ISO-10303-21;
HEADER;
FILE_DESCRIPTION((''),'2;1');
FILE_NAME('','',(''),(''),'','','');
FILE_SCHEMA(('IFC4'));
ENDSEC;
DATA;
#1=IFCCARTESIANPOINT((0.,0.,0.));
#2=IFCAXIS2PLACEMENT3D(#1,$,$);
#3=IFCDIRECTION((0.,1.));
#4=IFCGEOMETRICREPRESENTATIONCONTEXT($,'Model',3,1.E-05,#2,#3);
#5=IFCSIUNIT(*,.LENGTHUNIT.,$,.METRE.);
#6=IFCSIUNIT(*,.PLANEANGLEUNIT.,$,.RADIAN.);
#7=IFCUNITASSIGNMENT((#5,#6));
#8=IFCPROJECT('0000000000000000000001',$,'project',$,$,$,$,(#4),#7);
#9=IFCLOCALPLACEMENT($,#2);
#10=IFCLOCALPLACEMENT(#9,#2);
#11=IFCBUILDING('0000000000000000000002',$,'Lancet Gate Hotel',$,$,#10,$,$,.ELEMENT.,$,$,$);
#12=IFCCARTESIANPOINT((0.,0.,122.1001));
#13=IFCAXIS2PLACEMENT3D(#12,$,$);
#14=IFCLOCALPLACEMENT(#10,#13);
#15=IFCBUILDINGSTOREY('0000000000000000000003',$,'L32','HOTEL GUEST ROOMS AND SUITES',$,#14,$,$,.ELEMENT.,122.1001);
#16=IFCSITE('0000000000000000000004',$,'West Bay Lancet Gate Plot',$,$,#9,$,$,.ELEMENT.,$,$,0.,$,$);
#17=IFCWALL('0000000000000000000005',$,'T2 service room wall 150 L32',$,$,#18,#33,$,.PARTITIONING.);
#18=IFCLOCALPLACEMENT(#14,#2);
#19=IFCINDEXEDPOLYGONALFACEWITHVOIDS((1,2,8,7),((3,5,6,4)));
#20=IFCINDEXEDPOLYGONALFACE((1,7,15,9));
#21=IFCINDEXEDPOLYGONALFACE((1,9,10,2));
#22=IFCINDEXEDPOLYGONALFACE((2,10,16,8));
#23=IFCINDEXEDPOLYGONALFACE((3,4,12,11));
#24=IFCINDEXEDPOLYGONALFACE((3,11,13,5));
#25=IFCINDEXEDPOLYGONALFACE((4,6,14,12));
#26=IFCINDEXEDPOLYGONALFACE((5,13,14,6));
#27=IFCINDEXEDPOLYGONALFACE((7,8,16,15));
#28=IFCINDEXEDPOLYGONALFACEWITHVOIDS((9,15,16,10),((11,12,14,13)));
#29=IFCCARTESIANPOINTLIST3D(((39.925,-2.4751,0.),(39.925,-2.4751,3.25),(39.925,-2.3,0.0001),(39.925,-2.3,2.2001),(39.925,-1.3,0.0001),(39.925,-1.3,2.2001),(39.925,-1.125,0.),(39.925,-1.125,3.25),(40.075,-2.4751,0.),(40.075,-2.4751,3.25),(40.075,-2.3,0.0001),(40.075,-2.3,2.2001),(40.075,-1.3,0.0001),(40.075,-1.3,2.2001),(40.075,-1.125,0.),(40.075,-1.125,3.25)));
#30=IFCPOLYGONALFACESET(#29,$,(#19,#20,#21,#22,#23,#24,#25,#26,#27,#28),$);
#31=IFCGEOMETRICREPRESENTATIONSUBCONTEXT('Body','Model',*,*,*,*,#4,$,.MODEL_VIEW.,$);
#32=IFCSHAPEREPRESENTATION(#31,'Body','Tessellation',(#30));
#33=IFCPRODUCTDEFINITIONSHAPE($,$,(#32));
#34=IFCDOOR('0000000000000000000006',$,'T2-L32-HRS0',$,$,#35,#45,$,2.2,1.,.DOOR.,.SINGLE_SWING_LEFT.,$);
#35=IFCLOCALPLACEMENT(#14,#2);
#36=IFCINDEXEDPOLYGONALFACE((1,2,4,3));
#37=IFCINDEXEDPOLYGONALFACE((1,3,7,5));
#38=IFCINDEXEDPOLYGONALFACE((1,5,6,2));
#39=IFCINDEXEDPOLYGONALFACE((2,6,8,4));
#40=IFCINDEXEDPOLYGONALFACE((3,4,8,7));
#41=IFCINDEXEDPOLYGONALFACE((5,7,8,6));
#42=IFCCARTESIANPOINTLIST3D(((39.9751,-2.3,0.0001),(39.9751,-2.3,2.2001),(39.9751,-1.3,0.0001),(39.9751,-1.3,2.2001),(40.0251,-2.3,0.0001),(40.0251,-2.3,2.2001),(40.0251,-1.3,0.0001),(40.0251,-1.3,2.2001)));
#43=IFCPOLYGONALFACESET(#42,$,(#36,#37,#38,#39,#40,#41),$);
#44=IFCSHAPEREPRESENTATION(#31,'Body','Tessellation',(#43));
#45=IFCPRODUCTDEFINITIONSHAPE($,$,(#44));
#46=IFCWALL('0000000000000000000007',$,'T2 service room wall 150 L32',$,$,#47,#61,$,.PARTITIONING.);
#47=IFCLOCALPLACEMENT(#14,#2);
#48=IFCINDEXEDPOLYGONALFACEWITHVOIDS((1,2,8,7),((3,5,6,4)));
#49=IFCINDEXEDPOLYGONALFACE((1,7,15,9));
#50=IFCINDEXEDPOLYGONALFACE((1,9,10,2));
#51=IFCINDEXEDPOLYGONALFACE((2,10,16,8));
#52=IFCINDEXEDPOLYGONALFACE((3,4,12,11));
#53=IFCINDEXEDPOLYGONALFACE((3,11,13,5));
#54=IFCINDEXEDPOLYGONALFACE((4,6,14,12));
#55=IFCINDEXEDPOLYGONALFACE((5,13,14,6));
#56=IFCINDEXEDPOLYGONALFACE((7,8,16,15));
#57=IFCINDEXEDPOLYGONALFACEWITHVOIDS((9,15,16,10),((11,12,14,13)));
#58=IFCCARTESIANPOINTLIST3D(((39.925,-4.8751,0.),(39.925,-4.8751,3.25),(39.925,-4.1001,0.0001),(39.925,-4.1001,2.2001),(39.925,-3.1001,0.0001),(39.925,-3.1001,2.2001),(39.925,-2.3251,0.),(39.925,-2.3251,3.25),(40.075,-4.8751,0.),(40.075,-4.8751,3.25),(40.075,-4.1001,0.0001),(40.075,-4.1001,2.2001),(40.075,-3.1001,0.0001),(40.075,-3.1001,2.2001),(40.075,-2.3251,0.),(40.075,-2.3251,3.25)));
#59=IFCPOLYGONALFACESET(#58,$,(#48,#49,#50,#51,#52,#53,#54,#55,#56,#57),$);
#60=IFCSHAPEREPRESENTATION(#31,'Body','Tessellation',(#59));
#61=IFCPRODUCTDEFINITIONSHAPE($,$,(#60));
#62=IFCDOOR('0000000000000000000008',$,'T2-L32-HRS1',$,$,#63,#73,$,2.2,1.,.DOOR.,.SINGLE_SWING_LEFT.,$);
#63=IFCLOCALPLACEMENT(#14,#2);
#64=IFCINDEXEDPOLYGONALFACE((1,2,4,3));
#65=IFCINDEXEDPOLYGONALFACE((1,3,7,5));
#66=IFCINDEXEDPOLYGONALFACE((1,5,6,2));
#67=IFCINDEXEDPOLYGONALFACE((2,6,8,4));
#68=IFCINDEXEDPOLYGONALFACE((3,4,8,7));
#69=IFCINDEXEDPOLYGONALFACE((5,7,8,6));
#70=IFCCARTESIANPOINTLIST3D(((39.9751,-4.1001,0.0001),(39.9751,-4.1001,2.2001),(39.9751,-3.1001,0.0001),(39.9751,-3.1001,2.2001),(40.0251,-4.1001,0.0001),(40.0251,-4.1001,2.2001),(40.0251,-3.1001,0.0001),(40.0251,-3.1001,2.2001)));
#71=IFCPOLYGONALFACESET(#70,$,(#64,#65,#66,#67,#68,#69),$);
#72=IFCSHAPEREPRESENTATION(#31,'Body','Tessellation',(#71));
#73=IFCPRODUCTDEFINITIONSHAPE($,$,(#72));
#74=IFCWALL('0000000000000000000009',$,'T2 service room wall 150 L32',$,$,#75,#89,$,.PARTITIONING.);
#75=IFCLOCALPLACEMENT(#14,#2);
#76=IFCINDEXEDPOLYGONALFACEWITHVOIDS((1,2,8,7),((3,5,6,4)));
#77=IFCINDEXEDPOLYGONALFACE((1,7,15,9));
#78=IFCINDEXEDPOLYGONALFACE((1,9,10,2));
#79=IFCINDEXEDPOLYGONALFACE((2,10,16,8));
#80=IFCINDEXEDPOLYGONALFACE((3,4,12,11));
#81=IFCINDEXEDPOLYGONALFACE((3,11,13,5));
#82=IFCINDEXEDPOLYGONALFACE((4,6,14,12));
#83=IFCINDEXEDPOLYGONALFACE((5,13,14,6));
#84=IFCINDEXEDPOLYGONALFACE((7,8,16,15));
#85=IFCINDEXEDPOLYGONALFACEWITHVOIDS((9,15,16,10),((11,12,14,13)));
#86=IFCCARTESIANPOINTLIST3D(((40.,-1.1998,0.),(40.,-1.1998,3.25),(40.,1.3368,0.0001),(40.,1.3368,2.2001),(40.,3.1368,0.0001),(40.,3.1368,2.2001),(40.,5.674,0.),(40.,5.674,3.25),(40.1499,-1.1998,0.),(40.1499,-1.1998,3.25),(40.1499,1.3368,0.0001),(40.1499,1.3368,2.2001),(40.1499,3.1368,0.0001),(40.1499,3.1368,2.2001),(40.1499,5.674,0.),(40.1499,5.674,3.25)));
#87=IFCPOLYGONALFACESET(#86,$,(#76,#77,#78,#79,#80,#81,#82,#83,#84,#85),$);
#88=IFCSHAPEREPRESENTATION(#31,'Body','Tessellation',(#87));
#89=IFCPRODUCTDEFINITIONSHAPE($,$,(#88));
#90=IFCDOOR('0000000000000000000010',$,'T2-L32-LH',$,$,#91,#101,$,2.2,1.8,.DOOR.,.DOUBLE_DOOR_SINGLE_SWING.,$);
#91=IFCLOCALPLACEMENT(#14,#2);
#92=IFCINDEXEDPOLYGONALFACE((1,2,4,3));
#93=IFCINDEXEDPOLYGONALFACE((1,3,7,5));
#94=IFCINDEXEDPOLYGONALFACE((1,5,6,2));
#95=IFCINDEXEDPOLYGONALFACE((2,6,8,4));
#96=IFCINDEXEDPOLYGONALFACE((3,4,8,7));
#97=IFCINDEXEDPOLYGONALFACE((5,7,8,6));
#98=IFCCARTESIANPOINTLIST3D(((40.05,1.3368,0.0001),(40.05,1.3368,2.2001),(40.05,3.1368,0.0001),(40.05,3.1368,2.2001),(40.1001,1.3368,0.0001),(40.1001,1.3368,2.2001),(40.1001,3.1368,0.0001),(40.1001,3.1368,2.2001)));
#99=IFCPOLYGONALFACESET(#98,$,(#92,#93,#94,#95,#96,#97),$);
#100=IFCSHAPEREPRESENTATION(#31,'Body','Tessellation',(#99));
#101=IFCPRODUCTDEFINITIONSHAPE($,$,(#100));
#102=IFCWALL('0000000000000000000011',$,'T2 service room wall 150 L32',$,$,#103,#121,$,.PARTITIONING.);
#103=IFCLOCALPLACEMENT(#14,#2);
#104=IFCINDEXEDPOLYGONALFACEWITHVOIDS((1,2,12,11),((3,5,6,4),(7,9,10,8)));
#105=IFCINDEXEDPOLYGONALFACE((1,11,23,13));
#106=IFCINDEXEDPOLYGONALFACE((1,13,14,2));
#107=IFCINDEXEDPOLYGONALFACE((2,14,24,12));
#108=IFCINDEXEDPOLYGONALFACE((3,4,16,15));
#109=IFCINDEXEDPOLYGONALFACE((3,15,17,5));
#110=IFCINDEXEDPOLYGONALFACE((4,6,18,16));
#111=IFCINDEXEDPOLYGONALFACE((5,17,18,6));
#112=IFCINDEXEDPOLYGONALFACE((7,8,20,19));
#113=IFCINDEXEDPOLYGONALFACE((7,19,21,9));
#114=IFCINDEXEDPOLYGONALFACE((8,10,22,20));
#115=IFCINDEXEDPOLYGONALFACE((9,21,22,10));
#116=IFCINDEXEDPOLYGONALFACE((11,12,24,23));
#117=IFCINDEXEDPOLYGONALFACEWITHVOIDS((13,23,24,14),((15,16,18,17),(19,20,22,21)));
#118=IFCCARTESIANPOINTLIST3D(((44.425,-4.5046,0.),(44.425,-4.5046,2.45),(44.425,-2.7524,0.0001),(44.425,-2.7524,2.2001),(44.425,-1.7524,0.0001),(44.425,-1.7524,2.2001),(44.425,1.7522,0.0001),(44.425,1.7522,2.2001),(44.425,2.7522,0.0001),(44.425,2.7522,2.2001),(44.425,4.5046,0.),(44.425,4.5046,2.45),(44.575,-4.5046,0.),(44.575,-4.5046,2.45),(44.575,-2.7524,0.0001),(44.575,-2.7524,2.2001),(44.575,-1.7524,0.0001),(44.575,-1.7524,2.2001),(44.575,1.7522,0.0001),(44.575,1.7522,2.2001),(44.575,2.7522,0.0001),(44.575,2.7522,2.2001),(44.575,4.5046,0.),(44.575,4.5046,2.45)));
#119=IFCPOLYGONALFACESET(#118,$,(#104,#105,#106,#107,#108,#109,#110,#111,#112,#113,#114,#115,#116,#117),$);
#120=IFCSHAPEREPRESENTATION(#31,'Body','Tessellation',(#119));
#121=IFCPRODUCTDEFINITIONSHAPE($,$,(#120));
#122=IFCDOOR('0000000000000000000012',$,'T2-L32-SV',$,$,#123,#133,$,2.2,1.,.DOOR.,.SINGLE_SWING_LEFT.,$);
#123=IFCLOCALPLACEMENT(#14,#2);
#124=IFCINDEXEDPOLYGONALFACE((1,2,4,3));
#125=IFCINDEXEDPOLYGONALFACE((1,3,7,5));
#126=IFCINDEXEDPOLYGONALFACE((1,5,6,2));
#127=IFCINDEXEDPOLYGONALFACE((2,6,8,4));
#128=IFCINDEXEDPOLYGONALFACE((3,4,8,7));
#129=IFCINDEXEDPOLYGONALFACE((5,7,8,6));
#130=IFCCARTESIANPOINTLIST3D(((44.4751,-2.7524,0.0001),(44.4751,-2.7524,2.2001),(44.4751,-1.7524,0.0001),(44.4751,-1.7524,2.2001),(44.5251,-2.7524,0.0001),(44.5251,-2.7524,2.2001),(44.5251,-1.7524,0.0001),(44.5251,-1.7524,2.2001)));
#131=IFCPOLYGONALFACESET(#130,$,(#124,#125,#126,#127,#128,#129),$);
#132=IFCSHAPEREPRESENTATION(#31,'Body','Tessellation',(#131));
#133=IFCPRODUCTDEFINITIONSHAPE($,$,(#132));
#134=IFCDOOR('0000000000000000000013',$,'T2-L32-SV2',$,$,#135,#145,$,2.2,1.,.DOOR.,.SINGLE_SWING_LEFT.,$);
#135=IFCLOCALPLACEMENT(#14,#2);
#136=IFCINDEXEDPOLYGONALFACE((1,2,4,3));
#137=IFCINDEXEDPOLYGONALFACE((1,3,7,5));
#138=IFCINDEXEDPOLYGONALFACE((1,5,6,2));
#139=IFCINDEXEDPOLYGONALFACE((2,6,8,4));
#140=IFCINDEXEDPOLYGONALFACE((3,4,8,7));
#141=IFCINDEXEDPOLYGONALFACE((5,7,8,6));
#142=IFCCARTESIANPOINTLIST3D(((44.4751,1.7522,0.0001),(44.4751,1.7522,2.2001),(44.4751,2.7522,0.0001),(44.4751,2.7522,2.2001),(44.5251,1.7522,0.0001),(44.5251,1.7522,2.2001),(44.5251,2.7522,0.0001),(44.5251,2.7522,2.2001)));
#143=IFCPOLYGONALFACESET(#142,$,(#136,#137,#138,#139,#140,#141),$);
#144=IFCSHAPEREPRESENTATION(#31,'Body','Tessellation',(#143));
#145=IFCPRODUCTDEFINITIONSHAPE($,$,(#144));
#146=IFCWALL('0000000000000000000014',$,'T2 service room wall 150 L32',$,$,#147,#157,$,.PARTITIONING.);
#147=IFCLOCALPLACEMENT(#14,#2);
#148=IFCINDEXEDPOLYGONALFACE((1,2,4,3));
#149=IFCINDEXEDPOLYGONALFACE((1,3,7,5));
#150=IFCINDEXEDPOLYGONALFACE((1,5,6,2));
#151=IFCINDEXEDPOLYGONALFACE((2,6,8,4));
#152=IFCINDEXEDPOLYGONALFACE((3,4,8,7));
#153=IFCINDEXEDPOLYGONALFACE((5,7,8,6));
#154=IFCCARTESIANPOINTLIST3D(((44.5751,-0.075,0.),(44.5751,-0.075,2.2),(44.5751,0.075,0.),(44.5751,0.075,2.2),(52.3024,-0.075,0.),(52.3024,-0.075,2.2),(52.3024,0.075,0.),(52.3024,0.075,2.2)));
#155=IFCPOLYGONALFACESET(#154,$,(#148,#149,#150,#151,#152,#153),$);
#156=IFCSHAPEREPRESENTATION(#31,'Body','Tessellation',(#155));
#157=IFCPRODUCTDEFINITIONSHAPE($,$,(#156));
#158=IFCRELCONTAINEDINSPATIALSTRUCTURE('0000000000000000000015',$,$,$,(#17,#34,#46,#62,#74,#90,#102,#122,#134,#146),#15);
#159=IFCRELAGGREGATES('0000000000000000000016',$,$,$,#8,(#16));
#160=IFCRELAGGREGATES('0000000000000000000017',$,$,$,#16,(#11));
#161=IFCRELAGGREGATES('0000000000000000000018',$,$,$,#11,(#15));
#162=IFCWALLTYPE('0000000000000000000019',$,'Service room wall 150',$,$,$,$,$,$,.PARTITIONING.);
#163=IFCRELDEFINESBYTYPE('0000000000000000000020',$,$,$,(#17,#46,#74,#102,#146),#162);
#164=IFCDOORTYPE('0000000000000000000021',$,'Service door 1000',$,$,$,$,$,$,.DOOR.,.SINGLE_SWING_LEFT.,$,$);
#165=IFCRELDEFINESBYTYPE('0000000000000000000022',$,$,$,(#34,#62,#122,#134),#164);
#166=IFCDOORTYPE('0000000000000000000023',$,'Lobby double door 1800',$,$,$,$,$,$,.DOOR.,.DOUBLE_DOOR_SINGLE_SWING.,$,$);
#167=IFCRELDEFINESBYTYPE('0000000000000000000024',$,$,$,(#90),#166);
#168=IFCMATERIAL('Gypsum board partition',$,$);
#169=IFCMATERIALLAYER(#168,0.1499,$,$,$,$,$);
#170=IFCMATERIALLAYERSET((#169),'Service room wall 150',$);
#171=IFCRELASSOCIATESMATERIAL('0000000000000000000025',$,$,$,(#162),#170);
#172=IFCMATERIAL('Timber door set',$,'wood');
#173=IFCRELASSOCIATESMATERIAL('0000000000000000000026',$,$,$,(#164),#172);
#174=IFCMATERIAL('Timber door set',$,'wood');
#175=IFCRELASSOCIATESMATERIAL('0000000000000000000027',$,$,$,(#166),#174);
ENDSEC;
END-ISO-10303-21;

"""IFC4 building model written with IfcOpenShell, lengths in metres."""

from ifc_helpers import new_model, si_unit, direction, frame, frame_2d, origin, place, context, subcontext, project, spatial, rectangle, extrude, material, layer, layer_set, type_object, element, fill, save


model = new_model("IFC4")

# Units and contexts
model_context = context("Model", 3, precision=1e-05, world=origin(), true_north=direction((0.0, 1.0)))
body_context = subcontext(model_context, "Body", "Model", "MODEL_VIEW")
ifc_project = project(units=[si_unit("LENGTHUNIT", "METRE"), si_unit("PLANEANGLEUNIT", "RADIAN")], contexts=[model_context])

# Site, building, storey
site_placement = place(None, origin())
site = spatial("IfcSite", under=ifc_project, at=site_placement, Name="West Bay Lancet Gate Plot", CompositionType="ELEMENT", RefElevation=0.0)
building_placement = place(site_placement, origin())
building = spatial("IfcBuilding", under=site, at=building_placement, Name="Lancet Gate Hotel", CompositionType="ELEMENT")
storey_placement = place(building_placement, frame((0.0, 0.0, 122.1001)))
storey = spatial("IfcBuildingStorey", under=building, at=storey_placement, Name="L32", Description="HOTEL GUEST ROOMS AND SUITES", CompositionType="ELEMENT", Elevation=122.1001)

# Walls, openings, doors
ifc_material_1 = material(Name="Gypsum board partition")
ifc_layer_1 = layer(ifc_material_1, 0.1499)
ifc_layer_set_1 = layer_set([ifc_layer_1], Name="Service room wall 150")
wall_type_1 = type_object("IfcWallType", Name="Service room wall 150", PredefinedType="PARTITIONING", material=ifc_layer_set_1)
wall_1_placement = place(storey_placement, frame((40.0, -2.4751, 0.0), z_axis=(0.0, 0.0, 1.0), x_axis=(0.0, 1.0, 0.0)))
wall_1 = element("IfcWall", 1, at=wall_1_placement, inside=storey, type_object=wall_type_1, Name="T2 service room wall 150 L32", PredefinedType="PARTITIONING", context=body_context, shape_type="SweptSolid", body=[
    extrude(rectangle(XDim=1.3501, YDim=0.1499, at=frame_2d((0.675, 0.0))), origin(), (0.0, 0.0, 1.0), 3.25),
])
opening_1_placement = place(wall_1_placement, frame((0.175, 0.0, 0.0)))
opening_1 = element("IfcOpeningElement", 2, at=opening_1_placement, cuts=wall_1, PredefinedType="OPENING", context=body_context, shape_type="SweptSolid", body=[
    extrude(rectangle(XDim=1.0, YDim=2.2, at=frame_2d((0.5, 1.1001))), frame((0.0, 0.085, 0.0), z_axis=(0.0, -1.0, 0.0), x_axis=(1.0, 0.0, 0.0)), (0.0, 0.0, 1.0), 0.1699),
])
ifc_material_2 = material(Name="Timber door set", Category="wood")
door_type_1 = type_object("IfcDoorType", Name="Service door 1000", OperationType="SINGLE_SWING_LEFT", PredefinedType="DOOR", material=ifc_material_2)
door_1_placement = place(opening_1_placement, origin())
door_1 = element("IfcDoor", 3, at=door_1_placement, inside=storey, type_object=door_type_1, Name="T2-L32-HRS0", OperationType="SINGLE_SWING_LEFT", OverallHeight=2.2, OverallWidth=1.0, PredefinedType="DOOR", context=body_context, shape_type="SweptSolid", body=[
    extrude(rectangle(XDim=1.0, YDim=2.2, at=frame_2d((0.5, 1.1001))), frame((0.0, 0.0249, 0.0), z_axis=(0.0, -1.0, 0.0), x_axis=(1.0, 0.0, 0.0)), (0.0, 0.0, 1.0), 0.05),
])
fill(opening_1, door_1)
wall_2_placement = place(storey_placement, frame((40.0, -4.875, 0.0), z_axis=(0.0, 0.0, 1.0), x_axis=(0.0, 1.0, 0.0)))
wall_2 = element("IfcWall", 4, at=wall_2_placement, inside=storey, type_object=wall_type_1, Name="T2 service room wall 150 L32", PredefinedType="PARTITIONING", context=body_context, shape_type="SweptSolid", body=[
    extrude(rectangle(XDim=2.55, YDim=0.1499, at=frame_2d((1.2749, 0.0))), origin(), (0.0, 0.0, 1.0), 3.25),
])
opening_2_placement = place(wall_2_placement, frame((0.7749, 0.0, 0.0)))
opening_2 = element("IfcOpeningElement", 5, at=opening_2_placement, cuts=wall_2, PredefinedType="OPENING", context=body_context, shape_type="SweptSolid", body=[
    extrude(rectangle(XDim=1.0, YDim=2.2, at=frame_2d((0.5, 1.1001))), frame((0.0, 0.085, 0.0), z_axis=(0.0, -1.0, 0.0), x_axis=(1.0, 0.0, 0.0)), (0.0, 0.0, 1.0), 0.1699),
])
door_2_placement = place(opening_2_placement, origin())
door_2 = element("IfcDoor", 6, at=door_2_placement, inside=storey, type_object=door_type_1, Name="T2-L32-HRS1", OperationType="SINGLE_SWING_LEFT", OverallHeight=2.2, OverallWidth=1.0, PredefinedType="DOOR", context=body_context, shape_type="SweptSolid", body=[
    extrude(rectangle(XDim=1.0, YDim=2.2, at=frame_2d((0.5, 1.1001))), frame((0.0, 0.0249, 0.0), z_axis=(0.0, -1.0, 0.0), x_axis=(1.0, 0.0, 0.0)), (0.0, 0.0, 1.0), 0.05),
])
fill(opening_2, door_2)
wall_3_placement = place(storey_placement, frame((40.075, -1.2, 0.0), z_axis=(0.0, 0.0, 1.0), x_axis=(0.0, 1.0, 0.0)))
wall_3 = element("IfcWall", 7, at=wall_3_placement, inside=storey, type_object=wall_type_1, Name="T2 service room wall 150 L32", PredefinedType="PARTITIONING", context=body_context, shape_type="SweptSolid", body=[
    extrude(rectangle(XDim=6.8738, YDim=0.1499, at=frame_2d((3.437, 0.0))), origin(), (0.0, 0.0, 1.0), 3.25),
])
opening_3_placement = place(wall_3_placement, frame((2.5369, 0.0, 0.0)))
opening_3 = element("IfcOpeningElement", 8, at=opening_3_placement, cuts=wall_3, PredefinedType="OPENING", context=body_context, shape_type="SweptSolid", body=[
    extrude(rectangle(XDim=1.8, YDim=2.2, at=frame_2d((0.8999, 1.1001))), frame((0.0, 0.085, 0.0), z_axis=(0.0, -1.0, 0.0), x_axis=(1.0, 0.0, 0.0)), (0.0, 0.0, 1.0), 0.1699),
])
ifc_material_3 = material(Name="Timber door set", Category="wood")
door_type_2 = type_object("IfcDoorType", Name="Lobby double door 1800", OperationType="DOUBLE_DOOR_SINGLE_SWING", PredefinedType="DOOR", material=ifc_material_3)
door_3_placement = place(opening_3_placement, origin())
door_3 = element("IfcDoor", 9, at=door_3_placement, inside=storey, type_object=door_type_2, Name="T2-L32-LH", OperationType="DOUBLE_DOOR_SINGLE_SWING", OverallHeight=2.2, OverallWidth=1.8, PredefinedType="DOOR", context=body_context, shape_type="SweptSolid", body=[
    extrude(rectangle(XDim=1.8, YDim=2.2, at=frame_2d((0.8999, 1.1001))), frame((0.0, 0.0249, 0.0), z_axis=(0.0, -1.0, 0.0), x_axis=(1.0, 0.0, 0.0)), (0.0, 0.0, 1.0), 0.05),
])
fill(opening_3, door_3)

# Wall, openings, doors
wall_4_placement = place(storey_placement, frame((44.5, -4.5046, 0.0), z_axis=(0.0, 0.0, 1.0), x_axis=(0.0, 1.0, 0.0)))
wall_4 = element("IfcWall", 10, at=wall_4_placement, inside=storey, type_object=wall_type_1, Name="T2 service room wall 150 L32", PredefinedType="PARTITIONING", context=body_context, shape_type="SweptSolid", body=[
    extrude(rectangle(XDim=9.0093, YDim=0.1499, at=frame_2d((4.5046, 0.0))), origin(), (0.0, 0.0, 1.0), 2.45),
])
opening_4_placement = place(wall_4_placement, frame((1.7522, 0.0, 0.0)))
opening_4 = element("IfcOpeningElement", 11, at=opening_4_placement, cuts=wall_4, PredefinedType="OPENING", context=body_context, shape_type="SweptSolid", body=[
    extrude(rectangle(XDim=1.0, YDim=2.2, at=frame_2d((0.5, 1.1001))), frame((0.0, 0.085, 0.0), z_axis=(0.0, -1.0, 0.0), x_axis=(1.0, 0.0, 0.0)), (0.0, 0.0, 1.0), 0.1699),
])
opening_5_placement = place(wall_4_placement, frame((6.2568, 0.0, 0.0)))
opening_5 = element("IfcOpeningElement", 12, at=opening_5_placement, cuts=wall_4, PredefinedType="OPENING", context=body_context, shape_type="SweptSolid", body=[
    extrude(rectangle(XDim=1.0, YDim=2.2, at=frame_2d((0.5, 1.1001))), frame((0.0, 0.085, 0.0), z_axis=(0.0, -1.0, 0.0), x_axis=(1.0, 0.0, 0.0)), (0.0, 0.0, 1.0), 0.1699),
])
door_4_placement = place(opening_4_placement, origin())
door_4 = element("IfcDoor", 13, at=door_4_placement, inside=storey, type_object=door_type_1, Name="T2-L32-SV", OperationType="SINGLE_SWING_LEFT", OverallHeight=2.2, OverallWidth=1.0, PredefinedType="DOOR", context=body_context, shape_type="SweptSolid", body=[
    extrude(rectangle(XDim=1.0, YDim=2.2, at=frame_2d((0.5, 1.1001))), frame((0.0, 0.0249, 0.0), z_axis=(0.0, -1.0, 0.0), x_axis=(1.0, 0.0, 0.0)), (0.0, 0.0, 1.0), 0.05),
])
fill(opening_4, door_4)
door_5_placement = place(opening_5_placement, origin())
door_5 = element("IfcDoor", 14, at=door_5_placement, inside=storey, type_object=door_type_1, Name="T2-L32-SV2", OperationType="SINGLE_SWING_LEFT", OverallHeight=2.2, OverallWidth=1.0, PredefinedType="DOOR", context=body_context, shape_type="SweptSolid", body=[
    extrude(rectangle(XDim=1.0, YDim=2.2, at=frame_2d((0.5, 1.1001))), frame((0.0, 0.0249, 0.0), z_axis=(0.0, -1.0, 0.0), x_axis=(1.0, 0.0, 0.0)), (0.0, 0.0, 1.0), 0.05),
])
fill(opening_5, door_5)

# Wall
wall_5_placement = place(storey_placement, frame((44.575, 0.0, 0.0), z_axis=(0.0, 0.0, 1.0), x_axis=(1.0, 0.0, 0.0)))
element("IfcWall", 15, at=wall_5_placement, inside=storey, type_object=wall_type_1, Name="T2 service room wall 150 L32", PredefinedType="PARTITIONING", context=body_context, shape_type="SweptSolid", body=[
    extrude(rectangle(XDim=7.7273, YDim=0.1499, at=frame_2d((3.8638, 0.0))), origin(), (0.0, 0.0, 1.0), 2.2),
])

save(model, "model.ifc")
